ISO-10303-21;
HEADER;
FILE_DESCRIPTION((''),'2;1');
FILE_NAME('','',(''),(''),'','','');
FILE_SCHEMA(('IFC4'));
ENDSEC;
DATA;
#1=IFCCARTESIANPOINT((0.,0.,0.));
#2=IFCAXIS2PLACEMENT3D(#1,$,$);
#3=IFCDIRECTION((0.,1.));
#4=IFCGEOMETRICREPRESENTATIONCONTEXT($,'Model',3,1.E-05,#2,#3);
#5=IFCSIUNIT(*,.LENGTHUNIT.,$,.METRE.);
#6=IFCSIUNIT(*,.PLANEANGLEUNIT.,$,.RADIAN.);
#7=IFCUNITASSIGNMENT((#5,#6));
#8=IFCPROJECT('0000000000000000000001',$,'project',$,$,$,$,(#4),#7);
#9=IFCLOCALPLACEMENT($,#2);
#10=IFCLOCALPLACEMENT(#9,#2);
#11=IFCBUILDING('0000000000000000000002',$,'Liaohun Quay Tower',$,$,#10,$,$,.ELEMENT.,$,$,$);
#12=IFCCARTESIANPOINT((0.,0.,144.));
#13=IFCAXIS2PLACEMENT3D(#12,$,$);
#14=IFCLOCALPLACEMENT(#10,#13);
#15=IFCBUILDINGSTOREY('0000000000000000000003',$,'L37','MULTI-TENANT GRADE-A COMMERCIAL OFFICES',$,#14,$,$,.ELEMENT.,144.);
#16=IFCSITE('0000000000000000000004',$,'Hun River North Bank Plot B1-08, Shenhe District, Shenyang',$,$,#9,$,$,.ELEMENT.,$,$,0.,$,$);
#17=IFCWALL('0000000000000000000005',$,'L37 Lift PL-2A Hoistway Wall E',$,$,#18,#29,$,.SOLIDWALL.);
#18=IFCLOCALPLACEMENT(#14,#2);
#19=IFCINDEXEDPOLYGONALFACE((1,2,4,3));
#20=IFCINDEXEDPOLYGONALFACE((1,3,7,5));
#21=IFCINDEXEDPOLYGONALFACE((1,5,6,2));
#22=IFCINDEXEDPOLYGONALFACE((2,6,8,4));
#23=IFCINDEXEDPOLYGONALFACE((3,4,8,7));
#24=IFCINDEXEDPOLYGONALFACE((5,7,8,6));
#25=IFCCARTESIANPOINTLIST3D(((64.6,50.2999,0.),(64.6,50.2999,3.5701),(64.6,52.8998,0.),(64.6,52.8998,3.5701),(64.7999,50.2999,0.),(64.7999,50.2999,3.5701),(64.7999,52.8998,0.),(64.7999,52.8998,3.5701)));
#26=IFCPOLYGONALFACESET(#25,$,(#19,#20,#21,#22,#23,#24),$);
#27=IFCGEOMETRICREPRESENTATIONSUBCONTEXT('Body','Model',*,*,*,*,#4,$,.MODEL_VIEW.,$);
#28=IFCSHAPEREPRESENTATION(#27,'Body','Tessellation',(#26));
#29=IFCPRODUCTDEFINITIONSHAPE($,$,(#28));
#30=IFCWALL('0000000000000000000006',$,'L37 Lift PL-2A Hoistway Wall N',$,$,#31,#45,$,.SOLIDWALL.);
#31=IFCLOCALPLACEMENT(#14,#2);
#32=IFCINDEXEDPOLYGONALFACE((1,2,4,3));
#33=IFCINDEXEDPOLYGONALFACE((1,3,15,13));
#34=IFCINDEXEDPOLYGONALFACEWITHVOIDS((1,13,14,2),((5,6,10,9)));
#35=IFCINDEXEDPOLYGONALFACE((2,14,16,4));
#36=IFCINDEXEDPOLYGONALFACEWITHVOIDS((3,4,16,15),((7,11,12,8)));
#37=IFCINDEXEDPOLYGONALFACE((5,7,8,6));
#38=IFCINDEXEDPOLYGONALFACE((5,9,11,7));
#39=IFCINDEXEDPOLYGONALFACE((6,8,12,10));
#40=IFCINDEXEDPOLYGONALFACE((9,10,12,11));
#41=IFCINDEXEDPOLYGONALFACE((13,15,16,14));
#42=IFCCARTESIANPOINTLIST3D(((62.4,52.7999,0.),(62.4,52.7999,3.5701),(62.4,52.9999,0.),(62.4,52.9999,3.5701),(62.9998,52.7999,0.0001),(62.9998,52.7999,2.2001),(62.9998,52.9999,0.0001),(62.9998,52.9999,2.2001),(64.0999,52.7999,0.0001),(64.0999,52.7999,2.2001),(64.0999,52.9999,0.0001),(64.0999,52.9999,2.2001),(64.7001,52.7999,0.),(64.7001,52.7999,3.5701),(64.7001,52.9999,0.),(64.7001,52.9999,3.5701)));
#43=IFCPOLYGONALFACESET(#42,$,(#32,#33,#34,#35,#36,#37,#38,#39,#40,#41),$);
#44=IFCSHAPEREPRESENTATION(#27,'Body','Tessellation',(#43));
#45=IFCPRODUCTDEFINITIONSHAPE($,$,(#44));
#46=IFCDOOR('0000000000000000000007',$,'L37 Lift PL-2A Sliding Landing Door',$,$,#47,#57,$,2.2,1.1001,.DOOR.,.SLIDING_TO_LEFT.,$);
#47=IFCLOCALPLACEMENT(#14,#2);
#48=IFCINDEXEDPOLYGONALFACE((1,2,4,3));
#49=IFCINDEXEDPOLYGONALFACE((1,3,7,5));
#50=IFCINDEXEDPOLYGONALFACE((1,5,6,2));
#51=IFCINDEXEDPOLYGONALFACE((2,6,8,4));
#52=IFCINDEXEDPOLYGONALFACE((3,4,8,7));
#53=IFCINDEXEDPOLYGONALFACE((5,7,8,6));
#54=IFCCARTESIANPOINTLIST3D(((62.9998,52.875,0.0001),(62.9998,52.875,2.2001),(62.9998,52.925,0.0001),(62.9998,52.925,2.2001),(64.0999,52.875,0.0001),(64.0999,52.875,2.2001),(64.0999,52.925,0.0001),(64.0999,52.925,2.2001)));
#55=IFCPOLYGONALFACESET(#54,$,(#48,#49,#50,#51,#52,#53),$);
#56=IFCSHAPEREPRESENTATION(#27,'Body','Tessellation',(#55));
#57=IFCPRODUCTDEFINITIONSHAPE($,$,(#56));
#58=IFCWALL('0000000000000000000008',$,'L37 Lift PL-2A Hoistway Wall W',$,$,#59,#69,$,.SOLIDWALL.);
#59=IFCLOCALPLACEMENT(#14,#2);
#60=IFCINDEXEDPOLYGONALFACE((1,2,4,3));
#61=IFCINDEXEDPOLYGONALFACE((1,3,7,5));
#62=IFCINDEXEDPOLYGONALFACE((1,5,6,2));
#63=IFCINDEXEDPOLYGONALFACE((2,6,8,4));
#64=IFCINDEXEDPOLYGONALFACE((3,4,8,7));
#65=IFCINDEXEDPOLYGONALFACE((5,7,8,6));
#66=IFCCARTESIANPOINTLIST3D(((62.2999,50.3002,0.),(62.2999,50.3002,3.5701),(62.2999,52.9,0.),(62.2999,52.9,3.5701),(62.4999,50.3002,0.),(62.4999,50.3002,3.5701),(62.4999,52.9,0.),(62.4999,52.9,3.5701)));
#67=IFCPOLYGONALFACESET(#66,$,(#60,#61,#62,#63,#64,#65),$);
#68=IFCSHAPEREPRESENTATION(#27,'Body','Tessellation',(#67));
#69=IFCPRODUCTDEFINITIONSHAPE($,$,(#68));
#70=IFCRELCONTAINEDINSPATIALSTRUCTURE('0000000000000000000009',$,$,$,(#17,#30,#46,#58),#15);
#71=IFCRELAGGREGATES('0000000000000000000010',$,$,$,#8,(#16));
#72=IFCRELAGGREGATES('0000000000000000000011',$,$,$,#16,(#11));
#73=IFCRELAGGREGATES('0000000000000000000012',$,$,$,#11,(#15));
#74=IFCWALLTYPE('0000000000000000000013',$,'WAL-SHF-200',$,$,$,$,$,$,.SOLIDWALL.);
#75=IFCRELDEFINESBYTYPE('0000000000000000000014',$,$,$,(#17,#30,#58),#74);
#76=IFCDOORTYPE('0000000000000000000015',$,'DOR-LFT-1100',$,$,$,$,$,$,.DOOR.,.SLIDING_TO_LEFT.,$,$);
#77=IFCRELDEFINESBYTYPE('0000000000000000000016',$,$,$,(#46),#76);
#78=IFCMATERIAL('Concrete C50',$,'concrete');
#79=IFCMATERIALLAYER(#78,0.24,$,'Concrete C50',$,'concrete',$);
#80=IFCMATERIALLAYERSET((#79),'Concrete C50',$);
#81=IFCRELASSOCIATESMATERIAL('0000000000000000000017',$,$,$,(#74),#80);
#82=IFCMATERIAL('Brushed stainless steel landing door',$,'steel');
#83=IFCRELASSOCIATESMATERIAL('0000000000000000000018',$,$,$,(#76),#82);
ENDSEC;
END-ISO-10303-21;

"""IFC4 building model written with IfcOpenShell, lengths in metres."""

from ifc_helpers import new_model, si_unit, direction, frame, frame_2d, origin, place, context, subcontext, project, spatial, rectangle, extrude, source, transform, mapped, material, layer, layer_set, type_object, element, fill, save


model = new_model("IFC4")

# Units and contexts
model_context = context("Model", 3, precision=1e-05, world=origin(), true_north=direction((0.0, 1.0)))
body_context = subcontext(model_context, "Body", "Model", "MODEL_VIEW")
ifc_project = project(units=[si_unit("LENGTHUNIT", "METRE"), si_unit("PLANEANGLEUNIT", "RADIAN")], contexts=[model_context])

# Site, building, storey
site_placement = place(None, origin())
site = spatial("IfcSite", under=ifc_project, at=site_placement, Name="Hun River North Bank Plot B1-08, Shenhe District, Shenyang", CompositionType="ELEMENT", RefElevation=0.0)
building_placement = place(site_placement, origin())
building = spatial("IfcBuilding", under=site, at=building_placement, Name="Liaohun Quay Tower", CompositionType="ELEMENT")
storey_placement = place(building_placement, frame((0.0, 0.0, 144.0)))
storey = spatial("IfcBuildingStorey", under=building, at=storey_placement, Name="L37", Description="MULTI-TENANT GRADE-A COMMERCIAL OFFICES", CompositionType="ELEMENT", Elevation=144.0)

# Shared definitions
ifc_material_1 = material(Name="Concrete C50", Category="concrete")
ifc_layer_1 = layer(ifc_material_1, 0.24, Name="Concrete C50", Category="concrete")
ifc_layer_set_1 = layer_set([ifc_layer_1], Name="Concrete C50")
wall_type_1 = type_object("IfcWallType", Name="WAL-SHF-200", PredefinedType="SOLIDWALL", material=ifc_layer_set_1)

# Wall
wall_1_placement = place(storey_placement, frame((64.7, 50.3, 0.0), z_axis=(0.0, 0.0, 1.0), x_axis=(0.0, 1.0, 0.0)))
element("IfcWall", 1, at=wall_1_placement, inside=storey, type_object=wall_type_1, Name="L37 Lift PL-2A Hoistway Wall E", PredefinedType="SOLIDWALL", context=body_context, shape_type="SweptSolid", body=[
    extrude(rectangle(XDim=2.5999, YDim=0.2, at=frame_2d((1.2998, 0.0))), origin(), (0.0, 0.0, 1.0), 3.5701),
])

# Wall, opening, door
wall_2_placement = place(storey_placement, frame((64.7, 52.8999, 0.0), z_axis=(0.0, 0.0, 1.0), x_axis=(-1.0, 0.0, 0.0)))
wall_2 = element("IfcWall", 2, at=wall_2_placement, inside=storey, type_object=wall_type_1, Name="L37 Lift PL-2A Hoistway Wall N", PredefinedType="SOLIDWALL", context=body_context, shape_type="SweptSolid", body=[
    extrude(rectangle(XDim=2.3, YDim=0.2, at=frame_2d((1.1499, 0.0))), origin(), (0.0, 0.0, 1.0), 3.5701),
])
shared_shape_1 = source(origin(), body_context, "Body", "SweptSolid", [
    extrude(rectangle(XDim=1.1001, YDim=2.2, at=frame_2d((0.55, 1.1001))), frame((0.0, 0.1099, 0.0), z_axis=(0.0, -1.0, 0.0), x_axis=(1.0, 0.0, 0.0)), (0.0, 0.0, 1.0), 0.22),
])
opening_1_placement = place(wall_2_placement, frame((0.6001, 0.0, 0.0)))
opening_1 = element("IfcOpeningElement", 3, at=opening_1_placement, cuts=wall_2, PredefinedType="OPENING", context=body_context, shape_type="MappedRepresentation", body=[
    mapped(shared_shape_1, transform((0.0, 0.0, 0.0), x_axis=(1.0, 0.0, 0.0), y_axis=(0.0, 1.0, 0.0), z_axis=(0.0, 0.0, 1.0), scale=1.0)),
])
ifc_material_2 = material(Name="Brushed stainless steel landing door", Category="steel")
door_type_1 = type_object("IfcDoorType", Name="DOR-LFT-1100", OperationType="SLIDING_TO_LEFT", PredefinedType="DOOR", material=ifc_material_2)
shared_shape_2 = source(origin(), body_context, "Body", "SweptSolid", [
    extrude(rectangle(XDim=1.1001, YDim=2.2, at=frame_2d((0.55, 1.1001))), frame((0.0, 0.0249, 0.0), z_axis=(0.0, -1.0, 0.0), x_axis=(1.0, 0.0, 0.0)), (0.0, 0.0, 1.0), 0.05),
])
door_1_placement = place(opening_1_placement, origin())
door_1 = element("IfcDoor", 4, at=door_1_placement, inside=storey, type_object=door_type_1, Name="L37 Lift PL-2A Sliding Landing Door", OperationType="SLIDING_TO_LEFT", OverallHeight=2.2, OverallWidth=1.1001, PredefinedType="DOOR", context=body_context, shape_type="MappedRepresentation", body=[
    mapped(shared_shape_2, transform((0.0, 0.0, 0.0), x_axis=(1.0, 0.0, 0.0), y_axis=(0.0, 1.0, 0.0), z_axis=(0.0, 0.0, 1.0), scale=1.0)),
])
fill(opening_1, door_1)

# Wall
wall_3_placement = place(storey_placement, frame((62.3999, 52.8999, 0.0), z_axis=(0.0, 0.0, 1.0), x_axis=(0.0, -1.0, 0.0)))
element("IfcWall", 5, at=wall_3_placement, inside=storey, type_object=wall_type_1, Name="L37 Lift PL-2A Hoistway Wall W", PredefinedType="SOLIDWALL", context=body_context, shape_type="SweptSolid", body=[
    extrude(rectangle(XDim=2.5999, YDim=0.2, at=frame_2d((1.2998, 0.0))), origin(), (0.0, 0.0, 1.0), 3.5701),
])

save(model, "model.ifc")
